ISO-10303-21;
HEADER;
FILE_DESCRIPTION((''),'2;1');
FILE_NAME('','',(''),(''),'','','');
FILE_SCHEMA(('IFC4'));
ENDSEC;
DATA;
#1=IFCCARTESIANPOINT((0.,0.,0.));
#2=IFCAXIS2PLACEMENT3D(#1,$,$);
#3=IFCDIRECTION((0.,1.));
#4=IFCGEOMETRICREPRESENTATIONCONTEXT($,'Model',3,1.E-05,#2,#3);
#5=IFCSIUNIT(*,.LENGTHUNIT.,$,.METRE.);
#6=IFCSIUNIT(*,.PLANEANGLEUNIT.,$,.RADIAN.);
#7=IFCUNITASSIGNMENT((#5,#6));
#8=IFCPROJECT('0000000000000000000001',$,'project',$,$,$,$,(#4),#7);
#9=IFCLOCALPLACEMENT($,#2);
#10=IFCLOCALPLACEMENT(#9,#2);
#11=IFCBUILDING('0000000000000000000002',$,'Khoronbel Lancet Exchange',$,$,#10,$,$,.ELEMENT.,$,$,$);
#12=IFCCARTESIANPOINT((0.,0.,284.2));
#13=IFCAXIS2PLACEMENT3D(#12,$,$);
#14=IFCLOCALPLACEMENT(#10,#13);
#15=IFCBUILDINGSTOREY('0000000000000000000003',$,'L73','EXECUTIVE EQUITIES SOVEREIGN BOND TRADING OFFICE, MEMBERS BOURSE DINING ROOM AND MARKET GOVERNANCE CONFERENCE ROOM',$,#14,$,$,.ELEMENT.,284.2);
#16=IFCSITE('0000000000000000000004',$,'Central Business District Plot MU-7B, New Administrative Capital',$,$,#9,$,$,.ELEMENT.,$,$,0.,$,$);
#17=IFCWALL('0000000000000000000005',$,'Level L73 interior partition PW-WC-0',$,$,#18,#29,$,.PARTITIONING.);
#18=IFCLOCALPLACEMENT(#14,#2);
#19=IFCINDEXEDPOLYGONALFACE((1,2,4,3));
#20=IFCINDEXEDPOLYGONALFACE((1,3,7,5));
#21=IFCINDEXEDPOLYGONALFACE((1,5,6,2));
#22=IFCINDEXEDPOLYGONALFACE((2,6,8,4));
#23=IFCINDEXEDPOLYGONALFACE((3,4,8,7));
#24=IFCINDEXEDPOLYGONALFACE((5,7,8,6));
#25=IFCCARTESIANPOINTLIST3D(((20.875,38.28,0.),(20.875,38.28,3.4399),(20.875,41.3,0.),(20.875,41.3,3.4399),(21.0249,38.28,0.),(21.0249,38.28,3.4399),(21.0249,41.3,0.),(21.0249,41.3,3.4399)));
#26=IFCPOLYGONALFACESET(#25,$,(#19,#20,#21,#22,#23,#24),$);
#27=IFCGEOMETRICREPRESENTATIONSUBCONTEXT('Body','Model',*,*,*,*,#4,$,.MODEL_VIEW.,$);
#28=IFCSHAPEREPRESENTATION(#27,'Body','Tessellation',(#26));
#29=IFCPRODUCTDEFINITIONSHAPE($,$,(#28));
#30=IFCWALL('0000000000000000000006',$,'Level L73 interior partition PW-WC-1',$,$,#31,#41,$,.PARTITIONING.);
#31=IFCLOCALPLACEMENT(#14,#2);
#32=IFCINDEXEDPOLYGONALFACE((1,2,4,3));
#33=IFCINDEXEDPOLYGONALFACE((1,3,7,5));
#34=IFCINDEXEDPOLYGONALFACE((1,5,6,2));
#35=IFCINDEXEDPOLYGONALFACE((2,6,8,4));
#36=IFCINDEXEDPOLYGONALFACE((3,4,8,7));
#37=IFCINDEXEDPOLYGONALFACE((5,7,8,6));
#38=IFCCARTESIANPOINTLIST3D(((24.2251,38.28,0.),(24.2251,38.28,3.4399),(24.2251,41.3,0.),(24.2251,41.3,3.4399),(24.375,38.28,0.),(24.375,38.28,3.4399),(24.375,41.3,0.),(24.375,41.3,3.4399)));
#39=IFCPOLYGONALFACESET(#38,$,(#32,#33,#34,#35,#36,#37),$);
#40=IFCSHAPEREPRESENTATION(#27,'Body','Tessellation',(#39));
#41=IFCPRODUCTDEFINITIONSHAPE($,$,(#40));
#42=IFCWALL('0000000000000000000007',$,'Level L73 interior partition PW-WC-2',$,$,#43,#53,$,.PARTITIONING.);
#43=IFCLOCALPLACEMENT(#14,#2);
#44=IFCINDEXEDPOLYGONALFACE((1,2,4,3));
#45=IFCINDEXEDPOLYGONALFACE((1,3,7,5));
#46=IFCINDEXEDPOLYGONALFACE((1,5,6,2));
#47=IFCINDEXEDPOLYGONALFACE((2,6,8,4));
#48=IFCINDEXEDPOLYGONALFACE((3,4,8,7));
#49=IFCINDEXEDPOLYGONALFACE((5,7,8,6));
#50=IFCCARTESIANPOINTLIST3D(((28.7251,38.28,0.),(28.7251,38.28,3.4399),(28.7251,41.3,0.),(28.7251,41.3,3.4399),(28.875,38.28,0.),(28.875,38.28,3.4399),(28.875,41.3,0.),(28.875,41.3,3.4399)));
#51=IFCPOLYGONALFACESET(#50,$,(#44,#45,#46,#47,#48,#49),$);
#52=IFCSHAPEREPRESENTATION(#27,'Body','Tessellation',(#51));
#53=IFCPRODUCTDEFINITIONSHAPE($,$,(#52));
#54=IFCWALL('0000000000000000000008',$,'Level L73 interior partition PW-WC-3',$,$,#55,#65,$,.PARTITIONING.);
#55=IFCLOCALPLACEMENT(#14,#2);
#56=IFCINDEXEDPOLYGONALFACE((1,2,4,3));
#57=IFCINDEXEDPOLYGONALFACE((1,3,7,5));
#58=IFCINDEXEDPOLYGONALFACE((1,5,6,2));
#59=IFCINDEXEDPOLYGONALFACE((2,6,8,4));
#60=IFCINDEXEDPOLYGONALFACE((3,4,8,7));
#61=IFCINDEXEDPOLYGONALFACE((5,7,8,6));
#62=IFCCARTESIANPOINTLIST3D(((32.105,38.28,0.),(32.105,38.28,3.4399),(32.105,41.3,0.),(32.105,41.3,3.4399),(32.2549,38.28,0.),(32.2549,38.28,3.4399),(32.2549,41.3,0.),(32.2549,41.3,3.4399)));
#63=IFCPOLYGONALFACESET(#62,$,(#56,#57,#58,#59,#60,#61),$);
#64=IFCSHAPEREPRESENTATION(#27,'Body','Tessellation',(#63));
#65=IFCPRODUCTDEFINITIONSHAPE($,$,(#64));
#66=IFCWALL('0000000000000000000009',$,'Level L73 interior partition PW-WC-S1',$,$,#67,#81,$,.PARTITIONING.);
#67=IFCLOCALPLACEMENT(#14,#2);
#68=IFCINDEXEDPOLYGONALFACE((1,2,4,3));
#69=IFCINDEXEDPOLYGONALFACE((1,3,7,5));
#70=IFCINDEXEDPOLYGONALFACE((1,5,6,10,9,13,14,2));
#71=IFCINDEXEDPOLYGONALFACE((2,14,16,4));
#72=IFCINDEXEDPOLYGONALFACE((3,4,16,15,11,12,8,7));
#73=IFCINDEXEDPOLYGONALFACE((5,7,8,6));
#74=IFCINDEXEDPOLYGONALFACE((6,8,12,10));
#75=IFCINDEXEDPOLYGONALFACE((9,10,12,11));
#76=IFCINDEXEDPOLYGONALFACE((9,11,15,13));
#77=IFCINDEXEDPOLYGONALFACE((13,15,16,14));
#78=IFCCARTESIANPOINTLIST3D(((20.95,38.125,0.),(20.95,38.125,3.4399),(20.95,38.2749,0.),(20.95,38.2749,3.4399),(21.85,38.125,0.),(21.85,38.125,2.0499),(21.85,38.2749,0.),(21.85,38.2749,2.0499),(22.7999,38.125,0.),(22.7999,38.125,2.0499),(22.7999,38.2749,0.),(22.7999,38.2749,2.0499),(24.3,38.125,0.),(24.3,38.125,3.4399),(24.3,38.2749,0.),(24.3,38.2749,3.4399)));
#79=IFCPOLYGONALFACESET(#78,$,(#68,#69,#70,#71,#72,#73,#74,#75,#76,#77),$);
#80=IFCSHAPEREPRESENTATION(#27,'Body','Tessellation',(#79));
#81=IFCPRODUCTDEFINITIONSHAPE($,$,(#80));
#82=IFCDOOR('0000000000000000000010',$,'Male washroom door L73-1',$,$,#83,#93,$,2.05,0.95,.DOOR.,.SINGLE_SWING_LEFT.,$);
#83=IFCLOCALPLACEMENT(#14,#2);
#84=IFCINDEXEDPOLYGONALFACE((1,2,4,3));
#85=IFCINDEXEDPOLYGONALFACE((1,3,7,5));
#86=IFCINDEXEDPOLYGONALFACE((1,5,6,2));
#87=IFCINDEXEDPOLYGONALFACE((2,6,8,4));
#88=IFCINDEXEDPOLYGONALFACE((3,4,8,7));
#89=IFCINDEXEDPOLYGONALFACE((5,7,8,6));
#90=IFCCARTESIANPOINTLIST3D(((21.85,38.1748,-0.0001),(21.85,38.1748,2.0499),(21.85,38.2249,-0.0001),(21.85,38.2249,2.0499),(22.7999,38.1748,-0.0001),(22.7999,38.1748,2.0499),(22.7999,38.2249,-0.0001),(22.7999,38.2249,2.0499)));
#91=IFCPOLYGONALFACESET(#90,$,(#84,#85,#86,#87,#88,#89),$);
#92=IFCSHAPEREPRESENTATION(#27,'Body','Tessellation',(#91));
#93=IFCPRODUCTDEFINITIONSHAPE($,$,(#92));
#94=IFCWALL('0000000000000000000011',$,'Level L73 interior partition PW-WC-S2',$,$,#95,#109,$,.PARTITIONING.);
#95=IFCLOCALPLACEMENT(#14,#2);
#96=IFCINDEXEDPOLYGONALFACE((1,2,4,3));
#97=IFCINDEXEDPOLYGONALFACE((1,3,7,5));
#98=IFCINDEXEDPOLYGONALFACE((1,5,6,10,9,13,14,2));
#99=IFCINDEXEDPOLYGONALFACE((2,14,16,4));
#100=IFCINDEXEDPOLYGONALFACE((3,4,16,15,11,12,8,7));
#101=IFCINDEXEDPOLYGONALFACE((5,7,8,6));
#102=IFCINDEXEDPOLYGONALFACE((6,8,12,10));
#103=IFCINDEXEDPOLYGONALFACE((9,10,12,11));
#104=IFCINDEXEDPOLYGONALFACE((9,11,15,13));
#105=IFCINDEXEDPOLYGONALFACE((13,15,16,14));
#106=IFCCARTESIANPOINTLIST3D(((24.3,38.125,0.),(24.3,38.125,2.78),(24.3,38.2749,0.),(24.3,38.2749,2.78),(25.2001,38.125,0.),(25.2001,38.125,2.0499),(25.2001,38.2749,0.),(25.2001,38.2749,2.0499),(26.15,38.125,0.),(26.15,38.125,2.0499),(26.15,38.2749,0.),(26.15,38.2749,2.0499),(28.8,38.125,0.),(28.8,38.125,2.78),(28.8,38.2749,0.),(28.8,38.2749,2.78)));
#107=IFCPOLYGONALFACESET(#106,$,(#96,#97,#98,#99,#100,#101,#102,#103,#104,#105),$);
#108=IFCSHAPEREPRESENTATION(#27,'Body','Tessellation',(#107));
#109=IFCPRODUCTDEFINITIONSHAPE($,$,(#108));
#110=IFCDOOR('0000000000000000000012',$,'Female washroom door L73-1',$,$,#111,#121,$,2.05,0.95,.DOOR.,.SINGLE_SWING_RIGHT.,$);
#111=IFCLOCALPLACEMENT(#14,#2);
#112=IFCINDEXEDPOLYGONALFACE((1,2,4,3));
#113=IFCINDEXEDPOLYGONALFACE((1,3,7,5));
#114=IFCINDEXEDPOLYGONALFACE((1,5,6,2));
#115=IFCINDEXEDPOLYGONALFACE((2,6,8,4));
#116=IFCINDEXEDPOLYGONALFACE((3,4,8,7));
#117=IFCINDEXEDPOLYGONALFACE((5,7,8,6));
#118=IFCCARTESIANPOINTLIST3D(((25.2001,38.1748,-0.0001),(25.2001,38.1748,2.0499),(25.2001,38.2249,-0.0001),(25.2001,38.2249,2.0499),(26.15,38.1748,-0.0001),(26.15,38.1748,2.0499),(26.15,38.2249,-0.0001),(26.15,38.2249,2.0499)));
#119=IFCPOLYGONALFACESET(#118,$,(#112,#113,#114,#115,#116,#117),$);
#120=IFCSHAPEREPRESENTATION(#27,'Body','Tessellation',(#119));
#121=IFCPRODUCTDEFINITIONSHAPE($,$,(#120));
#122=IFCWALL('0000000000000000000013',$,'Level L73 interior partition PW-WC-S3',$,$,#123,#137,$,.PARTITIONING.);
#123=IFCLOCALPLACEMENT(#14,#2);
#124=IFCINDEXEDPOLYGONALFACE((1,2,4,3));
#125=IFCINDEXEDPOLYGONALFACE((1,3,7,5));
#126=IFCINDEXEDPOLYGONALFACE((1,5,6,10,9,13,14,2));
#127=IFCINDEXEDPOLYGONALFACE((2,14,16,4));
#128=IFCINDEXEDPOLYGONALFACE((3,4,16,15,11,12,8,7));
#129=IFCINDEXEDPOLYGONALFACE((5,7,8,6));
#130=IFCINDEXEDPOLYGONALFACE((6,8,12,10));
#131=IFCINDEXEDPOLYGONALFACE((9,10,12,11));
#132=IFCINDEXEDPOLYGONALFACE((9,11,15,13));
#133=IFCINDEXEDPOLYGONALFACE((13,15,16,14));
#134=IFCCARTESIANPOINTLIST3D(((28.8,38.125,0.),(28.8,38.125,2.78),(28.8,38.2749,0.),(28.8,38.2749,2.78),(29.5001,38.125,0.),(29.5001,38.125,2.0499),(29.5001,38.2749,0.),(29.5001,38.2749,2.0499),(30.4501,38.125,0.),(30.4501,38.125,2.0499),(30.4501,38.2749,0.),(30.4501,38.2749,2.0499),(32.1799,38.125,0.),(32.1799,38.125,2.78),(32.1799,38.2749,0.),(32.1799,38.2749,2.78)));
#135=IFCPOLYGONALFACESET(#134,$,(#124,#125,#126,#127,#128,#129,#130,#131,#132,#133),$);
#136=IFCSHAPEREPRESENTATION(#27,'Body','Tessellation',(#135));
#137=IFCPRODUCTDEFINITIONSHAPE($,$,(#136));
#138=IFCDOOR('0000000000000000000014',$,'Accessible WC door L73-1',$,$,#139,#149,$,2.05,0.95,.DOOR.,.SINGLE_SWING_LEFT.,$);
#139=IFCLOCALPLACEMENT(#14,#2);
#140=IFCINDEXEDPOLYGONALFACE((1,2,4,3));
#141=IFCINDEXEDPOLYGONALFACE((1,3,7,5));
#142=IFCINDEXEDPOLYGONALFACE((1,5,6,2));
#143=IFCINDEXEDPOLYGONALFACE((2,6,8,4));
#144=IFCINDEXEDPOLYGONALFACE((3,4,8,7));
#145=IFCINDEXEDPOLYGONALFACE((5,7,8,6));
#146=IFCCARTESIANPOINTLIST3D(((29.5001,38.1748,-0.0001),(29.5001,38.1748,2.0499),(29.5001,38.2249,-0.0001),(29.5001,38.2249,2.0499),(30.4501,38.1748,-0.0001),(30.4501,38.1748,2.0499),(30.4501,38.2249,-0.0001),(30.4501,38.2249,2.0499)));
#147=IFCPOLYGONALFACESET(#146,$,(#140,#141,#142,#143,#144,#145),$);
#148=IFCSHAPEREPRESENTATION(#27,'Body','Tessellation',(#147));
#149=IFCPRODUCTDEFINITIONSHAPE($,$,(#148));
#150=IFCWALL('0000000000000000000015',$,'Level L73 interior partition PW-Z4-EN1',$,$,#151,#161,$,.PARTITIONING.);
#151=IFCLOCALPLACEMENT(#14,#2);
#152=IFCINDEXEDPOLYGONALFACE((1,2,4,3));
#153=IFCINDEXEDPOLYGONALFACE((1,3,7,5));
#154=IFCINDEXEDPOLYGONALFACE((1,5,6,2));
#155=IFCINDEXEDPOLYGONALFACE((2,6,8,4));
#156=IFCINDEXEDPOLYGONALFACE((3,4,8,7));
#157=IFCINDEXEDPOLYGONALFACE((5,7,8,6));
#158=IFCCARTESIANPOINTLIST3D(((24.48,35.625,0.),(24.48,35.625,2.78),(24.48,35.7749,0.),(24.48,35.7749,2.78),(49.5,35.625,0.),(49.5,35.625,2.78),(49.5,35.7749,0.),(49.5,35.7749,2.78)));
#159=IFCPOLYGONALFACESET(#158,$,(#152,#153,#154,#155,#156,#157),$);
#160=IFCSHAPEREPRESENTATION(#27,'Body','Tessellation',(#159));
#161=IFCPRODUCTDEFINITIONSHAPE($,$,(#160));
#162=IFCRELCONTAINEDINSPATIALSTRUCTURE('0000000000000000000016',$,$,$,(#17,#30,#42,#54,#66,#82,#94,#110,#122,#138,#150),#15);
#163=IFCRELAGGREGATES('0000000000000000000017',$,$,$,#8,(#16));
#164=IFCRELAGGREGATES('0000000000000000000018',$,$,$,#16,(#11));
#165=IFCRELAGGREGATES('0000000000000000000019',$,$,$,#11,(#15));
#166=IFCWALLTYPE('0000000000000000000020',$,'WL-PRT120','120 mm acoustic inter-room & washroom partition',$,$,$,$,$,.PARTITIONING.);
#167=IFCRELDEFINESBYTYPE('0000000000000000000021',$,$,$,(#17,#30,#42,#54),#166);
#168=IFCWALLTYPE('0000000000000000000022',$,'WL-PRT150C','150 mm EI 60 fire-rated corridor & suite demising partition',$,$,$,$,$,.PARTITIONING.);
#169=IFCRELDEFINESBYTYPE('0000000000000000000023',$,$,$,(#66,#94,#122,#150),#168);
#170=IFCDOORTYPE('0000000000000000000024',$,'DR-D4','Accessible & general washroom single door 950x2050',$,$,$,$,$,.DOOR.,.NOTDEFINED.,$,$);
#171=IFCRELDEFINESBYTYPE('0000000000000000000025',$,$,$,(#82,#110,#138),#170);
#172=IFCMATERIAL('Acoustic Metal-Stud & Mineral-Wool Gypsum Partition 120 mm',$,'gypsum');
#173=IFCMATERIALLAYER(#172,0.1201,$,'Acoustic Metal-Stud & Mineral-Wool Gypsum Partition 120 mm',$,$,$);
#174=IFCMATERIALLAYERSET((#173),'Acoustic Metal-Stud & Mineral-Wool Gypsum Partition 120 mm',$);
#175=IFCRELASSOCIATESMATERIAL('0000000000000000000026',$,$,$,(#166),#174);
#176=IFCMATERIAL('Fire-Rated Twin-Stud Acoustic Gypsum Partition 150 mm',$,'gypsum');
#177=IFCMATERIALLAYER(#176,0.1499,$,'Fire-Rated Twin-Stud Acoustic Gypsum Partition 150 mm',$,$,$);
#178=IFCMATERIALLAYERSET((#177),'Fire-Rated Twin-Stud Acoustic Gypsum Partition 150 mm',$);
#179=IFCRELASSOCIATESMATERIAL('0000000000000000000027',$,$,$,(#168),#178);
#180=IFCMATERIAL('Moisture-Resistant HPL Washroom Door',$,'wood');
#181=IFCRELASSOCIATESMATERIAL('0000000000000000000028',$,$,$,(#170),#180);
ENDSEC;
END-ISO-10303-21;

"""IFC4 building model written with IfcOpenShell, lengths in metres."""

from ifc_helpers import new_model, si_unit, direction, frame, frame_2d, origin, place, context, subcontext, project, spatial, rectangle, extrude, material, layer, layer_set, type_object, element, fill, save


model = new_model("IFC4")

# Units and contexts
model_context = context("Model", 3, precision=1e-05, world=origin(), true_north=direction((0.0, 1.0)))
body_context = subcontext(model_context, "Body", "Model", "MODEL_VIEW")
ifc_project = project(units=[si_unit("LENGTHUNIT", "METRE"), si_unit("PLANEANGLEUNIT", "RADIAN")], contexts=[model_context])

# Site, building, storey
site_placement = place(None, origin())
site = spatial("IfcSite", under=ifc_project, at=site_placement, Name="Central Business District Plot MU-7B, New Administrative Capital", CompositionType="ELEMENT", RefElevation=0.0)
building_placement = place(site_placement, origin())
building = spatial("IfcBuilding", under=site, at=building_placement, Name="Khoronbel Lancet Exchange", CompositionType="ELEMENT")
storey_placement = place(building_placement, frame((0.0, 0.0, 284.2)))
storey = spatial("IfcBuildingStorey", under=building, at=storey_placement, Name="L73", Description="EXECUTIVE EQUITIES SOVEREIGN BOND TRADING OFFICE, MEMBERS BOURSE DINING ROOM AND MARKET GOVERNANCE CONFERENCE ROOM", CompositionType="ELEMENT", Elevation=284.2)

# Walls
ifc_material_1 = material(Name="Acoustic Metal-Stud & Mineral-Wool Gypsum Partition 120 mm", Category="gypsum")
ifc_layer_1 = layer(ifc_material_1, 0.1201, Name="Acoustic Metal-Stud & Mineral-Wool Gypsum Partition 120 mm")
ifc_layer_set_1 = layer_set([ifc_layer_1], Name="Acoustic Metal-Stud & Mineral-Wool Gypsum Partition 120 mm")
wall_type_1 = type_object("IfcWallType", Name="WL-PRT120", Description="120 mm acoustic inter-room & washroom partition", PredefinedType="PARTITIONING", material=ifc_layer_set_1)
for number, where, z_axis, x_axis, name in (
    (1, (20.95, 38.28, 0.0), (0.0, 0.0, 1.0), (0.0, 1.0, 0.0), "Level L73 interior partition PW-WC-0"),
    (2, (24.3, 38.28, 0.0), (0.0, 0.0, 1.0), (0.0, 1.0, 0.0), "Level L73 interior partition PW-WC-1"),
    (3, (28.8, 38.28, 0.0), (0.0, 0.0, 1.0), (0.0, 1.0, 0.0), "Level L73 interior partition PW-WC-2"),
    (4, (32.1799, 38.28, 0.0), (0.0, 0.0, 1.0), (0.0, 1.0, 0.0), "Level L73 interior partition PW-WC-3"),
):
    element("IfcWall", number, at=place(storey_placement, frame(where, z_axis=z_axis, x_axis=x_axis)), inside=storey, type_object=wall_type_1, Name=name, PredefinedType="PARTITIONING", context=body_context, shape_type="SweptSolid", body=[
        extrude(rectangle(XDim=3.02, YDim=0.1499, at=frame_2d((1.51, 0.0))), origin(), (0.0, 0.0, 1.0), 3.4399),
    ])

# Walls, openings, doors
ifc_material_2 = material(Name="Fire-Rated Twin-Stud Acoustic Gypsum Partition 150 mm", Category="gypsum")
ifc_layer_2 = layer(ifc_material_2, 0.1499, Name="Fire-Rated Twin-Stud Acoustic Gypsum Partition 150 mm")
ifc_layer_set_2 = layer_set([ifc_layer_2], Name="Fire-Rated Twin-Stud Acoustic Gypsum Partition 150 mm")
wall_type_2 = type_object("IfcWallType", Name="WL-PRT150C", Description="150 mm EI 60 fire-rated corridor & suite demising partition", PredefinedType="PARTITIONING", material=ifc_layer_set_2)
wall_1_placement = place(storey_placement, frame((20.95, 38.2, 0.0), z_axis=(0.0, 0.0, 1.0), x_axis=(1.0, 0.0, 0.0)))
wall_1 = element("IfcWall", 5, at=wall_1_placement, inside=storey, type_object=wall_type_2, Name="Level L73 interior partition PW-WC-S1", PredefinedType="PARTITIONING", context=body_context, shape_type="SweptSolid", body=[
    extrude(rectangle(XDim=3.3501, YDim=0.1499, at=frame_2d((1.675, 0.0))), origin(), (0.0, 0.0, 1.0), 3.4399),
])
opening_1_placement = place(wall_1_placement, frame((0.8999, 0.0, 0.0)))
opening_1 = element("IfcOpeningElement", 6, at=opening_1_placement, cuts=wall_1, PredefinedType="OPENING", context=body_context, shape_type="SweptSolid", body=[
    extrude(rectangle(XDim=0.95, YDim=2.05, at=frame_2d((0.4751, 1.0249))), frame((0.0, 0.085, 0.0), z_axis=(0.0, -1.0, 0.0), x_axis=(1.0, 0.0, 0.0)), (0.0, 0.0, 1.0), 0.1699),
])
ifc_material_3 = material(Name="Moisture-Resistant HPL Washroom Door", Category="wood")
door_type_1 = type_object("IfcDoorType", Name="DR-D4", Description="Accessible & general washroom single door 950x2050", OperationType="NOTDEFINED", PredefinedType="DOOR", material=ifc_material_3)
door_1_placement = place(opening_1_placement, origin())
door_1 = element("IfcDoor", 7, at=door_1_placement, inside=storey, type_object=door_type_1, Name="Male washroom door L73-1", OperationType="SINGLE_SWING_LEFT", OverallHeight=2.05, OverallWidth=0.95, PredefinedType="DOOR", context=body_context, shape_type="SweptSolid", body=[
    extrude(rectangle(XDim=0.95, YDim=2.05, at=frame_2d((0.4751, 1.0249))), frame((0.0, 0.0249, 0.0), z_axis=(0.0, -1.0, 0.0), x_axis=(1.0, 0.0, 0.0)), (0.0, 0.0, 1.0), 0.05),
])
fill(opening_1, door_1)
wall_2_placement = place(storey_placement, frame((24.3, 38.2, 0.0), z_axis=(0.0, 0.0, 1.0), x_axis=(1.0, 0.0, 0.0)))
wall_2 = element("IfcWall", 8, at=wall_2_placement, inside=storey, type_object=wall_type_2, Name="Level L73 interior partition PW-WC-S2", PredefinedType="PARTITIONING", context=body_context, shape_type="SweptSolid", body=[
    extrude(rectangle(XDim=4.5, YDim=0.1499, at=frame_2d((2.25, 0.0))), origin(), (0.0, 0.0, 1.0), 2.78),
])
opening_2_placement = place(wall_2_placement, frame((0.8999, 0.0, 0.0)))
opening_2 = element("IfcOpeningElement", 9, at=opening_2_placement, cuts=wall_2, PredefinedType="OPENING", context=body_context, shape_type="SweptSolid", body=[
    extrude(rectangle(XDim=0.95, YDim=2.05, at=frame_2d((0.4751, 1.0249))), frame((0.0, 0.085, 0.0), z_axis=(0.0, -1.0, 0.0), x_axis=(1.0, 0.0, 0.0)), (0.0, 0.0, 1.0), 0.1699),
])
door_2_placement = place(opening_2_placement, origin())
door_2 = element("IfcDoor", 10, at=door_2_placement, inside=storey, type_object=door_type_1, Name="Female washroom door L73-1", OperationType="SINGLE_SWING_RIGHT", OverallHeight=2.05, OverallWidth=0.95, PredefinedType="DOOR", context=body_context, shape_type="SweptSolid", body=[
    extrude(rectangle(XDim=0.95, YDim=2.05, at=frame_2d((0.4751, 1.0249))), frame((0.0, 0.0249, 0.0), z_axis=(0.0, -1.0, 0.0), x_axis=(1.0, 0.0, 0.0)), (0.0, 0.0, 1.0), 0.05),
])
fill(opening_2, door_2)
wall_3_placement = place(storey_placement, frame((28.8, 38.2, 0.0), z_axis=(0.0, 0.0, 1.0), x_axis=(1.0, 0.0, 0.0)))
wall_3 = element("IfcWall", 11, at=wall_3_placement, inside=storey, type_object=wall_type_2, Name="Level L73 interior partition PW-WC-S3", PredefinedType="PARTITIONING", context=body_context, shape_type="SweptSolid", body=[
    extrude(rectangle(XDim=3.3799, YDim=0.1499, at=frame_2d((1.6899, 0.0))), origin(), (0.0, 0.0, 1.0), 2.78),
])
opening_3_placement = place(wall_3_placement, frame((0.7, 0.0, 0.0)))
opening_3 = element("IfcOpeningElement", 12, at=opening_3_placement, cuts=wall_3, PredefinedType="OPENING", context=body_context, shape_type="SweptSolid", body=[
    extrude(rectangle(XDim=0.95, YDim=2.05, at=frame_2d((0.4751, 1.0249))), frame((0.0, 0.085, 0.0), z_axis=(0.0, -1.0, 0.0), x_axis=(1.0, 0.0, 0.0)), (0.0, 0.0, 1.0), 0.1699),
])
door_3_placement = place(opening_3_placement, origin())
door_3 = element("IfcDoor", 13, at=door_3_placement, inside=storey, type_object=door_type_1, Name="Accessible WC door L73-1", OperationType="SINGLE_SWING_LEFT", OverallHeight=2.05, OverallWidth=0.95, PredefinedType="DOOR", context=body_context, shape_type="SweptSolid", body=[
    extrude(rectangle(XDim=0.95, YDim=2.05, at=frame_2d((0.4751, 1.0249))), frame((0.0, 0.0249, 0.0), z_axis=(0.0, -1.0, 0.0), x_axis=(1.0, 0.0, 0.0)), (0.0, 0.0, 1.0), 0.05),
])
fill(opening_3, door_3)

# Wall
wall_4_placement = place(storey_placement, frame((24.48, 35.7, 0.0), z_axis=(0.0, 0.0, 1.0), x_axis=(1.0, 0.0, 0.0)))
element("IfcWall", 14, at=wall_4_placement, inside=storey, type_object=wall_type_2, Name="Level L73 interior partition PW-Z4-EN1", PredefinedType="PARTITIONING", context=body_context, shape_type="SweptSolid", body=[
    extrude(rectangle(XDim=25.02, YDim=0.1499, at=frame_2d((12.51, 0.0))), origin(), (0.0, 0.0, 1.0), 2.78),
])

save(model, "model.ifc")
